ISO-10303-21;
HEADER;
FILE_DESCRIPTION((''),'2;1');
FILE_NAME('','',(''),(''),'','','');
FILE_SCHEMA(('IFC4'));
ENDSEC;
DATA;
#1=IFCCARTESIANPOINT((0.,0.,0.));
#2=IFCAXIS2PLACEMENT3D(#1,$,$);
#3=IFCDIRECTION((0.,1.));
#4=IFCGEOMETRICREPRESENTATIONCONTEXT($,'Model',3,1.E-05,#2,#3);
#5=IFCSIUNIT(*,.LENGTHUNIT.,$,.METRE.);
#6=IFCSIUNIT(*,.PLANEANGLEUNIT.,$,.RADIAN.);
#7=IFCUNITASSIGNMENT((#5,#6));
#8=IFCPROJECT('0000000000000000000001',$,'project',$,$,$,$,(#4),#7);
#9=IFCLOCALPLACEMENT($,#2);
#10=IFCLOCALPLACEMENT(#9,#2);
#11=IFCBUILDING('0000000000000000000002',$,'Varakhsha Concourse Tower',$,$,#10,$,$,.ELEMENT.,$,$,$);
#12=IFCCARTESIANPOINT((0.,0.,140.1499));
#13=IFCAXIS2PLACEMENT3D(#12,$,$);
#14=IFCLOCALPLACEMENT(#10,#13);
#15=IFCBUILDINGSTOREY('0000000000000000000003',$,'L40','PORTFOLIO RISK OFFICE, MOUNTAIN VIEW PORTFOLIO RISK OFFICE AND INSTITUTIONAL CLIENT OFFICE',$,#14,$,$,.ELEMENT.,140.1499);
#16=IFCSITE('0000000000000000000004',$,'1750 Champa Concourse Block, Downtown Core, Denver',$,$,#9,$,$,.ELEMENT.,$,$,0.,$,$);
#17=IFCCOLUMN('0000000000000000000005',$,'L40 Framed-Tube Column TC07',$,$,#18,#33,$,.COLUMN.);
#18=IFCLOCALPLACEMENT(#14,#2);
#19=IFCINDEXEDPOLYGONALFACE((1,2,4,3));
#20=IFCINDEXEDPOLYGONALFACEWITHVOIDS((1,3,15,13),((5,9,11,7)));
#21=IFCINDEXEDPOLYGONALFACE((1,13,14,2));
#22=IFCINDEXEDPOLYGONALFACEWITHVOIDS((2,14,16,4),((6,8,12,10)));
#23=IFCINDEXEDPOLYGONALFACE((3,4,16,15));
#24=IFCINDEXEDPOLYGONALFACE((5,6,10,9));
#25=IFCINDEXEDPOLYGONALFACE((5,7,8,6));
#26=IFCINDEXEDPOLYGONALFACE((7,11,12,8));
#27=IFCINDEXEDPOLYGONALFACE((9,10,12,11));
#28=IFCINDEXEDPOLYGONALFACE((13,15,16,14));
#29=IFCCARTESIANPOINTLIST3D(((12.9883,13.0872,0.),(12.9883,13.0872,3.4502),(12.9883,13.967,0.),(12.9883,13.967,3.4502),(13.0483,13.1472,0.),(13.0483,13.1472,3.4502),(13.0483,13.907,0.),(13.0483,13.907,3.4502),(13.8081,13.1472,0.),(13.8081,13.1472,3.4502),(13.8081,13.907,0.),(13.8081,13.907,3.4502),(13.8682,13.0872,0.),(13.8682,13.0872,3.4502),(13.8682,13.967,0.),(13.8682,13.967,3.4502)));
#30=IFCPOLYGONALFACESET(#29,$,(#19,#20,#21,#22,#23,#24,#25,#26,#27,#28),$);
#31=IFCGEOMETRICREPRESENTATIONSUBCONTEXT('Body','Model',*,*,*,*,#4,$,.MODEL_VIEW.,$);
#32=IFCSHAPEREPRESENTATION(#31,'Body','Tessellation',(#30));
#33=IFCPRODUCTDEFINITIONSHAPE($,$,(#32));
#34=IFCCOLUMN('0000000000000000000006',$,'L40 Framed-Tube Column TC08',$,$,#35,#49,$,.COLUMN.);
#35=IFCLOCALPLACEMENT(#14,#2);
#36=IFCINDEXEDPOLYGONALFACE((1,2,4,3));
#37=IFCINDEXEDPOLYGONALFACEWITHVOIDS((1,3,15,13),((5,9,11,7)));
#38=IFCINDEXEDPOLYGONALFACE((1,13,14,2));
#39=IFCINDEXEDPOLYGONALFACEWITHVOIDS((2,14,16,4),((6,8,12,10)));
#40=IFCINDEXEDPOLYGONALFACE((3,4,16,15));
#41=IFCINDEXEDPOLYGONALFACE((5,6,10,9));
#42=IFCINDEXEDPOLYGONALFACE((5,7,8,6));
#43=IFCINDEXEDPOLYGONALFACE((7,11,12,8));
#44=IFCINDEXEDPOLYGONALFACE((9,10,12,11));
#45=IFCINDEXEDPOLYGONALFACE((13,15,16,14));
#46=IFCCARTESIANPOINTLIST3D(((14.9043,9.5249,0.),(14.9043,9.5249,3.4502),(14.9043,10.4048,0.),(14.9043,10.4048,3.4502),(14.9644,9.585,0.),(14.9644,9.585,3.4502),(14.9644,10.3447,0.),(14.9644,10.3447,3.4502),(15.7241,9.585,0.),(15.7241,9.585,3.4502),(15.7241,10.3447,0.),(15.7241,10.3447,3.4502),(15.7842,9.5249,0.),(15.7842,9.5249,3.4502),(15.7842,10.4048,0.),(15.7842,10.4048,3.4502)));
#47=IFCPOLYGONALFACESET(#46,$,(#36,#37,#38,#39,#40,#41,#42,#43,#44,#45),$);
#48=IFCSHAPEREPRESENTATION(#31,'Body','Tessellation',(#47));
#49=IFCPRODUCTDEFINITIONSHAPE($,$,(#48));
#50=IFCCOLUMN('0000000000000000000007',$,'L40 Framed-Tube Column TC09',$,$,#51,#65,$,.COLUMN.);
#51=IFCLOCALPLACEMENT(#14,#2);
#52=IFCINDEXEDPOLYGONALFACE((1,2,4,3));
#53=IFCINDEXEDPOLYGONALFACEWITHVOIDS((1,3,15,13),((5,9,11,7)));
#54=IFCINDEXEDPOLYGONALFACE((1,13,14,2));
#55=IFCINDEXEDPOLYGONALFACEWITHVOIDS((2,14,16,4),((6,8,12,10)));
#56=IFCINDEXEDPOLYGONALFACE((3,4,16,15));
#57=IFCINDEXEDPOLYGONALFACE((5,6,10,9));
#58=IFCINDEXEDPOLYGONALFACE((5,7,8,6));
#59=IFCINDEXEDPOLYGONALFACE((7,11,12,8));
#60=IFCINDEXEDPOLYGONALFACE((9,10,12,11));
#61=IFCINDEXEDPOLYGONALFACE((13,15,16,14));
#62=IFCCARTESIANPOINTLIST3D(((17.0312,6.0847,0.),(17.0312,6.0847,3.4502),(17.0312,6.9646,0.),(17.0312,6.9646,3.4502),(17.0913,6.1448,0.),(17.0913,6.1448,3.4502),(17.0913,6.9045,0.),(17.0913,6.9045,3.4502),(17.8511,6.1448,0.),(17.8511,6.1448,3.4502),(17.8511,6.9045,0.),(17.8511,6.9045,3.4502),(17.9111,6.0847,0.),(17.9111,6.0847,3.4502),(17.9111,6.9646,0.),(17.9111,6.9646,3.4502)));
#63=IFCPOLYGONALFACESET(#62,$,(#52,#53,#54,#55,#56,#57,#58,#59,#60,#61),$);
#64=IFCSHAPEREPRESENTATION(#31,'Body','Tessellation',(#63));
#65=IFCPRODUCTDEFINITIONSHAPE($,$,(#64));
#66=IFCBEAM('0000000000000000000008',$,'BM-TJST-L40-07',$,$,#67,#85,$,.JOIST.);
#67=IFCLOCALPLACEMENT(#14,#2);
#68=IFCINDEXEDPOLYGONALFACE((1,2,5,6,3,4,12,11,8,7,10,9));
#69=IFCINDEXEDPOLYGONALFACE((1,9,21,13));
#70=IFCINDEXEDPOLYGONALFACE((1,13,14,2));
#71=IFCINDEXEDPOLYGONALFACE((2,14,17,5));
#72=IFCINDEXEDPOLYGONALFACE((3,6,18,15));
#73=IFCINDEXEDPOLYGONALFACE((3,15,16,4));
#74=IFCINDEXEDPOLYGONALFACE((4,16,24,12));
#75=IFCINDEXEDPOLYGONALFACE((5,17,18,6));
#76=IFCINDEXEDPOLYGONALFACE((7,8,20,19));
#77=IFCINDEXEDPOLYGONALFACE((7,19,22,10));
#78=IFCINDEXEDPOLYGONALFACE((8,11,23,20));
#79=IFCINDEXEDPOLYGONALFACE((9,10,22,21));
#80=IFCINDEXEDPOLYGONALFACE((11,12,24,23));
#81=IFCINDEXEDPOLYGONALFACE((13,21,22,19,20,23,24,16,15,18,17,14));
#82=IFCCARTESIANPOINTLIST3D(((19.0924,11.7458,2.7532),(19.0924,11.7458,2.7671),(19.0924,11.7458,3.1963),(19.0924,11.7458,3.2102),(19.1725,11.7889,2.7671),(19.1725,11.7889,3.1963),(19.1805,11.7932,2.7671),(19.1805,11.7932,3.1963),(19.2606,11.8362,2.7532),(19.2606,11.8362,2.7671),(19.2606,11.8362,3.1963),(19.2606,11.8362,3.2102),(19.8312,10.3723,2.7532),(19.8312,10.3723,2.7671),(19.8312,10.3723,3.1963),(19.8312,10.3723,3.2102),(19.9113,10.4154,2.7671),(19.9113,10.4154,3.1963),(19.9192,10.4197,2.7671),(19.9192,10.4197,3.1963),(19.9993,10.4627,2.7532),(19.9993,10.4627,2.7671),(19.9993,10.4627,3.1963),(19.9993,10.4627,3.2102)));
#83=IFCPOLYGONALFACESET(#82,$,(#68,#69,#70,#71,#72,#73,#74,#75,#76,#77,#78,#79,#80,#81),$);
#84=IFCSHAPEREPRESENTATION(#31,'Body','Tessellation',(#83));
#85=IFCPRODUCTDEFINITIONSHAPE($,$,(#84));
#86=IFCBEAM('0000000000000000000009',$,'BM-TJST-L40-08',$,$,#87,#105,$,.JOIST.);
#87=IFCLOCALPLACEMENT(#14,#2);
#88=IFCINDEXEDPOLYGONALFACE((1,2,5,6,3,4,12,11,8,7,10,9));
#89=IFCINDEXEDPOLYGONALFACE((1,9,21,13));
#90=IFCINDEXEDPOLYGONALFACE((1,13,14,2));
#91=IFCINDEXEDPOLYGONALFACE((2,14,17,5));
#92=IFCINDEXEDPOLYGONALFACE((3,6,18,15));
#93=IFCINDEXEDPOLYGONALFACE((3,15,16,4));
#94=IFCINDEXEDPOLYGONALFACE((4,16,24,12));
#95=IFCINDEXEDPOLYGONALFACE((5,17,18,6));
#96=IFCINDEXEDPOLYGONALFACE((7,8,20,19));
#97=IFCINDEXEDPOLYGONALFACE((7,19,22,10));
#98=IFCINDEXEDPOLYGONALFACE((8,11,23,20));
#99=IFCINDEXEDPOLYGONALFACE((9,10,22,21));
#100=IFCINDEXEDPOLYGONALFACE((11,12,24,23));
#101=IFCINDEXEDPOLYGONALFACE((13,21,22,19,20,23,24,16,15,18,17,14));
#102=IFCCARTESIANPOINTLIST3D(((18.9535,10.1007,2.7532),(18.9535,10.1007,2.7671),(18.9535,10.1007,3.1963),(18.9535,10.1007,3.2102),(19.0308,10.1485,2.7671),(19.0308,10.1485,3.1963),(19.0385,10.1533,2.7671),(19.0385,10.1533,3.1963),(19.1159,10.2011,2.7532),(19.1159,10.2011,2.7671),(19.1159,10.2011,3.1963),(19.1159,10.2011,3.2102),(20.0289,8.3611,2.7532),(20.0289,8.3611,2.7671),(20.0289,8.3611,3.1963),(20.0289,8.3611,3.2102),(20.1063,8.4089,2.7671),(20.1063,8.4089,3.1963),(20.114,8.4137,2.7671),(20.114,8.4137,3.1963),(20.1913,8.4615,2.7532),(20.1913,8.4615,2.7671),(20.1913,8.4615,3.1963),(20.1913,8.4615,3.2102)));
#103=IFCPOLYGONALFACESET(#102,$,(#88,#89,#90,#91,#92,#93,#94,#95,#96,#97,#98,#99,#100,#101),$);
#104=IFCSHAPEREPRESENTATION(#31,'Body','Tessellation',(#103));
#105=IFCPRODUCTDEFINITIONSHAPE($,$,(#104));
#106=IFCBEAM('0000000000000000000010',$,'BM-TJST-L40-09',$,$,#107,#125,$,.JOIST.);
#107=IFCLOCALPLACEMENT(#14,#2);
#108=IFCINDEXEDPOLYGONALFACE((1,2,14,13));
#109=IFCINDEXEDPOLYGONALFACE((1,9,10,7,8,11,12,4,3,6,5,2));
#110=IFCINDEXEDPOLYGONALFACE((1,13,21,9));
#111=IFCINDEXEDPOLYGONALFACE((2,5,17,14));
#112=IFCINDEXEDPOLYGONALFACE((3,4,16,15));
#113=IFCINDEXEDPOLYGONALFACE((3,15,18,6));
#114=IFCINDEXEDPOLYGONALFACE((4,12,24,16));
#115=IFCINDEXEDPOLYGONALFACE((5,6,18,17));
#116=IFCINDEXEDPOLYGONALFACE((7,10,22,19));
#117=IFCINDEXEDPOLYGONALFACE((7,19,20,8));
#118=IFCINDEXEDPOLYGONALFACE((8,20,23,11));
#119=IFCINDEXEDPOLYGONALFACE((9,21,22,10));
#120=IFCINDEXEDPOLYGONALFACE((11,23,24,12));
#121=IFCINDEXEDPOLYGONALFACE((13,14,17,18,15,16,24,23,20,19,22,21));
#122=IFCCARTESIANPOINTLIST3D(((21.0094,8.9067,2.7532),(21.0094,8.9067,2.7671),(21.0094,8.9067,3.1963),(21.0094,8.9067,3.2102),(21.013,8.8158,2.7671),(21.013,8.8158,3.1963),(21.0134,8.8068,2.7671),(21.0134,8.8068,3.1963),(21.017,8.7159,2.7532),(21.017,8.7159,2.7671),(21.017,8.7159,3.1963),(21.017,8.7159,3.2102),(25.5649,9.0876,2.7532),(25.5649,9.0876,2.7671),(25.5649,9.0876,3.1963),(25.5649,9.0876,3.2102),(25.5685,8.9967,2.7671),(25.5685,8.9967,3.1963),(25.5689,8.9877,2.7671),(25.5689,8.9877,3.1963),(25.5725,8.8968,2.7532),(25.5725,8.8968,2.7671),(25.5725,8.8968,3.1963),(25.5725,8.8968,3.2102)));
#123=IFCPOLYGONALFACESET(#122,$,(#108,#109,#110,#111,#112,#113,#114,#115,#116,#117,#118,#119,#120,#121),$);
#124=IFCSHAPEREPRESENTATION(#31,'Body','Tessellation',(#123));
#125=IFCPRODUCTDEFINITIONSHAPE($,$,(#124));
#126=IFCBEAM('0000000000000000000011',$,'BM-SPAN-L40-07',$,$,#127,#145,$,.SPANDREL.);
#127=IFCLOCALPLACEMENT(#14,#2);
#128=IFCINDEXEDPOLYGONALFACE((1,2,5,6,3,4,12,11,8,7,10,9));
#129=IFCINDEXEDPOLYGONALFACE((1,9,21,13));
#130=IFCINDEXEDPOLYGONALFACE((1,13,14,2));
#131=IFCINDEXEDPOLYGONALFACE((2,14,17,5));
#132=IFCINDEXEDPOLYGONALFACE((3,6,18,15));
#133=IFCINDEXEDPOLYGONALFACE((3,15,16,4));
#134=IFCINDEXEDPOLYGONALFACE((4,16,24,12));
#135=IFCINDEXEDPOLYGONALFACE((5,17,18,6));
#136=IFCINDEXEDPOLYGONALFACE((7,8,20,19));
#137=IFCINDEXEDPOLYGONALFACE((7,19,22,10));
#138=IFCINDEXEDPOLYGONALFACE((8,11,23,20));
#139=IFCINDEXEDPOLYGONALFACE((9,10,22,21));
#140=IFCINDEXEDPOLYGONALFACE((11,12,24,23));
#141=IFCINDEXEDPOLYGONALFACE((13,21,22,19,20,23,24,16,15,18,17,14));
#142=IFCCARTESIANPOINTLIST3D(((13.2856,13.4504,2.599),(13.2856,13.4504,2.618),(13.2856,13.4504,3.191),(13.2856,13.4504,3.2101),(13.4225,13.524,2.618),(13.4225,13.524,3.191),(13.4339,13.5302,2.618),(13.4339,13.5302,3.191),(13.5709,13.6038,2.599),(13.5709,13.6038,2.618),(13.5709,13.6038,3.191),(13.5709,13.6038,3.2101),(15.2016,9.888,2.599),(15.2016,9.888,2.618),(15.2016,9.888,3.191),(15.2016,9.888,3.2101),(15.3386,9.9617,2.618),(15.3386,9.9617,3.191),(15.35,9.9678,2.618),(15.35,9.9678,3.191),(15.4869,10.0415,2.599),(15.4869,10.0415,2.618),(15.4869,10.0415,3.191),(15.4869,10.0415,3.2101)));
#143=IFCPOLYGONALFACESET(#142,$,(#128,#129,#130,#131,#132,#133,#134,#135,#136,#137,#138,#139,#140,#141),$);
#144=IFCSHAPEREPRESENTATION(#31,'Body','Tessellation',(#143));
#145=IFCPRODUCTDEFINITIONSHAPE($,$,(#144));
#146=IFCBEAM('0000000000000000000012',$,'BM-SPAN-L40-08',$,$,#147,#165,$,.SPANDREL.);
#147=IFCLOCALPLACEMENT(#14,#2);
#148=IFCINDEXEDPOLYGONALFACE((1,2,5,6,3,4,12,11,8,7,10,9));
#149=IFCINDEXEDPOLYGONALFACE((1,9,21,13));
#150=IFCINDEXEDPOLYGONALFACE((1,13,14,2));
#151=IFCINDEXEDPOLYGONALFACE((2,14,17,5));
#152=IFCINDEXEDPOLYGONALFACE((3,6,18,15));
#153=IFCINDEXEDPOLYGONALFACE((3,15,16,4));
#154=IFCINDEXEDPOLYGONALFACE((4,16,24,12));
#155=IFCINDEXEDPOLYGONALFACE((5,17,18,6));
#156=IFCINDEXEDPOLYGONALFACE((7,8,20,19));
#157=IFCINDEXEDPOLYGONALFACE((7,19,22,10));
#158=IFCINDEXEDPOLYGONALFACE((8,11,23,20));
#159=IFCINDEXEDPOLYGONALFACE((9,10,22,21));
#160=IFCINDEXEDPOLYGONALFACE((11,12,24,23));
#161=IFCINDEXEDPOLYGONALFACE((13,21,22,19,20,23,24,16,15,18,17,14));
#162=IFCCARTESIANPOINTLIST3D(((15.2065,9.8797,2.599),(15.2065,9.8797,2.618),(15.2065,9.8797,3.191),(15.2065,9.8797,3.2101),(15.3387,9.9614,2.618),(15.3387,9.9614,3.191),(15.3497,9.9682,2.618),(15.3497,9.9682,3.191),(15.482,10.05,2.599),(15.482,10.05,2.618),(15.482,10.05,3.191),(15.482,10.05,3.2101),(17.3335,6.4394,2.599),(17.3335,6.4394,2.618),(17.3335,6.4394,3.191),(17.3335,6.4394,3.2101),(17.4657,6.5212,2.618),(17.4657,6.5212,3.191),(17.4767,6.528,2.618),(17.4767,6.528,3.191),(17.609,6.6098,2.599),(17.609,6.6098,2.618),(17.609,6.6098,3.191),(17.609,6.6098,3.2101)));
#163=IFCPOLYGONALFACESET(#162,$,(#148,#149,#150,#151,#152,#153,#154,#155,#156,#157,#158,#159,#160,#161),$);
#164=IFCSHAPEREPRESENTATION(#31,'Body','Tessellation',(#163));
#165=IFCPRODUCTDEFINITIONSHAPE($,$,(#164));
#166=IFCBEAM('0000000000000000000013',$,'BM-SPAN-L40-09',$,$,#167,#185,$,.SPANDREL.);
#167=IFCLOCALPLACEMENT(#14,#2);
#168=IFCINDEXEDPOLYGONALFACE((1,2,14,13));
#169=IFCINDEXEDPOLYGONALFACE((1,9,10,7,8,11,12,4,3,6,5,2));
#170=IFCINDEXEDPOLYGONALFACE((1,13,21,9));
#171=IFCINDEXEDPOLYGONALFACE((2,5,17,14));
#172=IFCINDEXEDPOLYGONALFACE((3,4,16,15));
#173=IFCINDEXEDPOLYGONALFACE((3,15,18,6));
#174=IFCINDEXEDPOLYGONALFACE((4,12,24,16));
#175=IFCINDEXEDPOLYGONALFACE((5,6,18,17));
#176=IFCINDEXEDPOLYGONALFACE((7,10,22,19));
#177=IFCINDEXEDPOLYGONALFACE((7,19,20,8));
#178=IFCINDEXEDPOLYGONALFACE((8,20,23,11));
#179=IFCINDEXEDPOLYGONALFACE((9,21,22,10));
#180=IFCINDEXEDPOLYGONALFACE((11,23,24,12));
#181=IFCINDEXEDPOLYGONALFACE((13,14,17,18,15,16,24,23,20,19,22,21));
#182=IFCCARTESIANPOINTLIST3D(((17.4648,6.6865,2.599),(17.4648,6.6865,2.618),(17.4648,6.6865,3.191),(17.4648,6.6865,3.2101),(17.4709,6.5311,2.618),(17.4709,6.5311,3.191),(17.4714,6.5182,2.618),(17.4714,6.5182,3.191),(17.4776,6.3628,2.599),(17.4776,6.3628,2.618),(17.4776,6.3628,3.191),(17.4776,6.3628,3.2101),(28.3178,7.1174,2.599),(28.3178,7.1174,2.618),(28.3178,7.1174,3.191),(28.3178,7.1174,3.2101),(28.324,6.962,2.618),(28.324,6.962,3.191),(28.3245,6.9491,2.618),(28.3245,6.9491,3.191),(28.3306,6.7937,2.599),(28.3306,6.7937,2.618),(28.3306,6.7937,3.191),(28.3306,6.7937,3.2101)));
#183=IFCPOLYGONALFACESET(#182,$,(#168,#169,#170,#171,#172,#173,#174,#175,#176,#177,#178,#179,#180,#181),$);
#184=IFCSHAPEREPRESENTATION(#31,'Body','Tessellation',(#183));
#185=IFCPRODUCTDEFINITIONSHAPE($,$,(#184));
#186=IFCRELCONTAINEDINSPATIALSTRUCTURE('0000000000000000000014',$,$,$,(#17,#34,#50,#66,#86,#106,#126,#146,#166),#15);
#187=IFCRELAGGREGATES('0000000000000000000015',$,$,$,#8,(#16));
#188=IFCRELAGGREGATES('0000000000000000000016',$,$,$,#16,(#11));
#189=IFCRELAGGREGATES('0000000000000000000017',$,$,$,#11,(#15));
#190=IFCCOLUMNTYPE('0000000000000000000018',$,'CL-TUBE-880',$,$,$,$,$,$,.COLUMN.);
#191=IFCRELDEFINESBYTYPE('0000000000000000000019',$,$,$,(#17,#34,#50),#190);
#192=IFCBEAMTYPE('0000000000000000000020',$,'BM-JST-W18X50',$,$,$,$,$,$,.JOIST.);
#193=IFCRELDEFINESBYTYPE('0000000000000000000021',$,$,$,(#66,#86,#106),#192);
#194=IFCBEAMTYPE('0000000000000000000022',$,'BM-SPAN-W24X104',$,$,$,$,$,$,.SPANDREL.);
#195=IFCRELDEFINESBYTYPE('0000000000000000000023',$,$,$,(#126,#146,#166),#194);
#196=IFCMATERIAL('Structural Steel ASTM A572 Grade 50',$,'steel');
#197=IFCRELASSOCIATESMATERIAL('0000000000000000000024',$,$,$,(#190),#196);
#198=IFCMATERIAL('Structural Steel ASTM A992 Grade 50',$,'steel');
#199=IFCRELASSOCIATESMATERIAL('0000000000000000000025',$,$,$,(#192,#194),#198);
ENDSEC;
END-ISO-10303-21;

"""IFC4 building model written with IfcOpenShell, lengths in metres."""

from ifc_helpers import new_model, si_unit, direction, frame, origin, origin_2d, place, context, subcontext, project, spatial, hollow_rectangle, i_section, extrude, material, material_profile, profile_set, type_object, element, save


model = new_model("IFC4")

# Units and contexts
model_context = context("Model", 3, precision=1e-05, world=origin(), true_north=direction((0.0, 1.0)))
body_context = subcontext(model_context, "Body", "Model", "MODEL_VIEW")
ifc_project = project(units=[si_unit("LENGTHUNIT", "METRE"), si_unit("PLANEANGLEUNIT", "RADIAN")], contexts=[model_context])

# Site, building, storey
site_placement = place(None, origin())
site = spatial("IfcSite", under=ifc_project, at=site_placement, Name="1750 Champa Concourse Block, Downtown Core, Denver", CompositionType="ELEMENT", RefElevation=0.0)
building_placement = place(site_placement, origin())
building = spatial("IfcBuilding", under=site, at=building_placement, Name="Varakhsha Concourse Tower", CompositionType="ELEMENT")
storey_placement = place(building_placement, frame((0.0, 0.0, 140.1499)))
storey = spatial("IfcBuildingStorey", under=building, at=storey_placement, Name="L40", Description="PORTFOLIO RISK OFFICE, MOUNTAIN VIEW PORTFOLIO RISK OFFICE AND INSTITUTIONAL CLIENT OFFICE", CompositionType="ELEMENT", Elevation=140.1499)

# Columns
ifc_material_1 = material(Name="Structural Steel ASTM A572 Grade 50", Category="steel")
ifc_material_profile_1 = material_profile(ifc_material_1, hollow_rectangle(XDim=0.8799, YDim=0.8799, WallThickness=0.0601, at=origin_2d()), Name="BOX 880x880x60")
ifc_profile_set_1 = profile_set([ifc_material_profile_1], Name="Structural Steel ASTM A572 Grade 50")
column_type = type_object("IfcColumnType", Name="CL-TUBE-880", PredefinedType="COLUMN", material=ifc_profile_set_1)
for number, where, z_axis, x_axis, name in (
    (1, (13.4282, 13.5271, 0.0), (0.0, 0.0, 1.0), (1.0, 0.0, 0.0), "L40 Framed-Tube Column TC07"),
    (2, (15.3442, 9.9648, 0.0), (0.0, 0.0, 1.0), (1.0, 0.0, 0.0), "L40 Framed-Tube Column TC08"),
    (3, (17.4712, 6.5247, 0.0), (0.0, 0.0, 1.0), (1.0, 0.0, 0.0), "L40 Framed-Tube Column TC09"),
):
    element("IfcColumn", number, at=place(storey_placement, frame(where, z_axis=z_axis, x_axis=x_axis)), inside=storey, type_object=column_type, Name=name, PredefinedType="COLUMN", context=body_context, shape_type="SweptSolid", body=[
        extrude(hollow_rectangle(XDim=0.8799, YDim=0.8799, WallThickness=0.0601, at=origin_2d()), origin(), (0.0, 0.0, 1.0), 3.4502),
    ])

# Beams
ifc_material_2 = material(Name="Structural Steel ASTM A992 Grade 50", Category="steel")
ifc_material_profile_2 = material_profile(ifc_material_2, i_section(OverallWidth=0.1909, OverallDepth=0.457, WebThickness=0.009, FlangeThickness=0.0139, at=origin_2d()), Name="W18X50")
ifc_profile_set_2 = profile_set([ifc_material_profile_2], Name="Structural Steel ASTM A992 Grade 50")
beam_type_1 = type_object("IfcBeamType", Name="BM-JST-W18X50", PredefinedType="JOIST", material=ifc_profile_set_2)
beam_1_placement = place(storey_placement, frame((19.1765, 11.791, 2.9817), z_axis=(0.473689, -0.880692, 0.0), x_axis=(0.880692, 0.473689, 0.0)))
element("IfcBeam", 4, at=beam_1_placement, inside=storey, type_object=beam_type_1, Name="BM-TJST-L40-07", PredefinedType="JOIST", context=body_context, shape_type="SweptSolid", body=[
    extrude(i_section(OverallWidth=0.1909, OverallDepth=0.457, WebThickness=0.009, FlangeThickness=0.0139, at=origin_2d()), origin(), (0.0, 0.0, 1.0), 1.5596),
])
beam_2_placement = place(storey_placement, frame((19.0347, 10.1509, 2.9817), z_axis=(0.525861, -0.85057, 0.0), x_axis=(0.85057, 0.525861, 0.0)))
element("IfcBeam", 5, at=beam_2_placement, inside=storey, type_object=beam_type_1, Name="BM-TJST-L40-08", PredefinedType="JOIST", context=body_context, shape_type="SweptSolid", body=[
    extrude(i_section(OverallWidth=0.1909, OverallDepth=0.457, WebThickness=0.009, FlangeThickness=0.0139, at=origin_2d()), origin(), (0.0, 0.0, 1.0), 2.0452),
])
beam_3_placement = place(storey_placement, frame((21.0132, 8.8113, 2.9817), z_axis=(0.999212, 0.039681, 0.0), x_axis=(-0.039681, 0.999212, 0.0)))
element("IfcBeam", 6, at=beam_3_placement, inside=storey, type_object=beam_type_1, Name="BM-TJST-L40-09", PredefinedType="JOIST", context=body_context, shape_type="SweptSolid", body=[
    extrude(i_section(OverallWidth=0.1909, OverallDepth=0.457, WebThickness=0.009, FlangeThickness=0.0139, at=origin_2d()), origin(), (0.0, 0.0, 1.0), 4.5591),
])
ifc_material_profile_3 = material_profile(ifc_material_2, i_section(OverallWidth=0.324, OverallDepth=0.6111, WebThickness=0.0129, FlangeThickness=0.019, at=origin_2d()), Name="W24X104")
ifc_profile_set_3 = profile_set([ifc_material_profile_3], Name="Structural Steel ASTM A992 Grade 50")
beam_type_2 = type_object("IfcBeamType", Name="BM-SPAN-W24X104", PredefinedType="SPANDREL", material=ifc_profile_set_3)
beam_4_placement = place(storey_placement, frame((13.4282, 13.5271, 2.9045), z_axis=(0.473693, -0.88069, 0.0), x_axis=(0.88069, 0.473693, 0.0)))
element("IfcBeam", 7, at=beam_4_placement, inside=storey, type_object=beam_type_2, Name="BM-SPAN-L40-07", PredefinedType="SPANDREL", context=body_context, shape_type="SweptSolid", body=[
    extrude(i_section(OverallWidth=0.324, OverallDepth=0.6111, WebThickness=0.0129, FlangeThickness=0.019, at=origin_2d()), origin(), (0.0, 0.0, 1.0), 4.0449),
])
beam_5_placement = place(storey_placement, frame((15.3442, 9.9648, 2.9045), z_axis=(0.525875, -0.850562, 0.0), x_axis=(0.850562, 0.525875, 0.0)))
element("IfcBeam", 8, at=beam_5_placement, inside=storey, type_object=beam_type_2, Name="BM-SPAN-L40-08", PredefinedType="SPANDREL", context=body_context, shape_type="SweptSolid", body=[
    extrude(i_section(OverallWidth=0.324, OverallDepth=0.6111, WebThickness=0.0129, FlangeThickness=0.019, at=origin_2d()), origin(), (0.0, 0.0, 1.0), 4.0447),
])
beam_6_placement = place(storey_placement, frame((17.4712, 6.5247, 2.9045), z_axis=(0.999213, 0.039673, 0.0), x_axis=(-0.039673, 0.999213, 0.0)))
element("IfcBeam", 9, at=beam_6_placement, inside=storey, type_object=beam_type_2, Name="BM-SPAN-L40-09", PredefinedType="SPANDREL", context=body_context, shape_type="SweptSolid", body=[
    extrude(i_section(OverallWidth=0.324, OverallDepth=0.6111, WebThickness=0.0129, FlangeThickness=0.019, at=origin_2d()), origin(), (0.0, 0.0, 1.0), 10.8616),
])

save(model, "model.ifc")
